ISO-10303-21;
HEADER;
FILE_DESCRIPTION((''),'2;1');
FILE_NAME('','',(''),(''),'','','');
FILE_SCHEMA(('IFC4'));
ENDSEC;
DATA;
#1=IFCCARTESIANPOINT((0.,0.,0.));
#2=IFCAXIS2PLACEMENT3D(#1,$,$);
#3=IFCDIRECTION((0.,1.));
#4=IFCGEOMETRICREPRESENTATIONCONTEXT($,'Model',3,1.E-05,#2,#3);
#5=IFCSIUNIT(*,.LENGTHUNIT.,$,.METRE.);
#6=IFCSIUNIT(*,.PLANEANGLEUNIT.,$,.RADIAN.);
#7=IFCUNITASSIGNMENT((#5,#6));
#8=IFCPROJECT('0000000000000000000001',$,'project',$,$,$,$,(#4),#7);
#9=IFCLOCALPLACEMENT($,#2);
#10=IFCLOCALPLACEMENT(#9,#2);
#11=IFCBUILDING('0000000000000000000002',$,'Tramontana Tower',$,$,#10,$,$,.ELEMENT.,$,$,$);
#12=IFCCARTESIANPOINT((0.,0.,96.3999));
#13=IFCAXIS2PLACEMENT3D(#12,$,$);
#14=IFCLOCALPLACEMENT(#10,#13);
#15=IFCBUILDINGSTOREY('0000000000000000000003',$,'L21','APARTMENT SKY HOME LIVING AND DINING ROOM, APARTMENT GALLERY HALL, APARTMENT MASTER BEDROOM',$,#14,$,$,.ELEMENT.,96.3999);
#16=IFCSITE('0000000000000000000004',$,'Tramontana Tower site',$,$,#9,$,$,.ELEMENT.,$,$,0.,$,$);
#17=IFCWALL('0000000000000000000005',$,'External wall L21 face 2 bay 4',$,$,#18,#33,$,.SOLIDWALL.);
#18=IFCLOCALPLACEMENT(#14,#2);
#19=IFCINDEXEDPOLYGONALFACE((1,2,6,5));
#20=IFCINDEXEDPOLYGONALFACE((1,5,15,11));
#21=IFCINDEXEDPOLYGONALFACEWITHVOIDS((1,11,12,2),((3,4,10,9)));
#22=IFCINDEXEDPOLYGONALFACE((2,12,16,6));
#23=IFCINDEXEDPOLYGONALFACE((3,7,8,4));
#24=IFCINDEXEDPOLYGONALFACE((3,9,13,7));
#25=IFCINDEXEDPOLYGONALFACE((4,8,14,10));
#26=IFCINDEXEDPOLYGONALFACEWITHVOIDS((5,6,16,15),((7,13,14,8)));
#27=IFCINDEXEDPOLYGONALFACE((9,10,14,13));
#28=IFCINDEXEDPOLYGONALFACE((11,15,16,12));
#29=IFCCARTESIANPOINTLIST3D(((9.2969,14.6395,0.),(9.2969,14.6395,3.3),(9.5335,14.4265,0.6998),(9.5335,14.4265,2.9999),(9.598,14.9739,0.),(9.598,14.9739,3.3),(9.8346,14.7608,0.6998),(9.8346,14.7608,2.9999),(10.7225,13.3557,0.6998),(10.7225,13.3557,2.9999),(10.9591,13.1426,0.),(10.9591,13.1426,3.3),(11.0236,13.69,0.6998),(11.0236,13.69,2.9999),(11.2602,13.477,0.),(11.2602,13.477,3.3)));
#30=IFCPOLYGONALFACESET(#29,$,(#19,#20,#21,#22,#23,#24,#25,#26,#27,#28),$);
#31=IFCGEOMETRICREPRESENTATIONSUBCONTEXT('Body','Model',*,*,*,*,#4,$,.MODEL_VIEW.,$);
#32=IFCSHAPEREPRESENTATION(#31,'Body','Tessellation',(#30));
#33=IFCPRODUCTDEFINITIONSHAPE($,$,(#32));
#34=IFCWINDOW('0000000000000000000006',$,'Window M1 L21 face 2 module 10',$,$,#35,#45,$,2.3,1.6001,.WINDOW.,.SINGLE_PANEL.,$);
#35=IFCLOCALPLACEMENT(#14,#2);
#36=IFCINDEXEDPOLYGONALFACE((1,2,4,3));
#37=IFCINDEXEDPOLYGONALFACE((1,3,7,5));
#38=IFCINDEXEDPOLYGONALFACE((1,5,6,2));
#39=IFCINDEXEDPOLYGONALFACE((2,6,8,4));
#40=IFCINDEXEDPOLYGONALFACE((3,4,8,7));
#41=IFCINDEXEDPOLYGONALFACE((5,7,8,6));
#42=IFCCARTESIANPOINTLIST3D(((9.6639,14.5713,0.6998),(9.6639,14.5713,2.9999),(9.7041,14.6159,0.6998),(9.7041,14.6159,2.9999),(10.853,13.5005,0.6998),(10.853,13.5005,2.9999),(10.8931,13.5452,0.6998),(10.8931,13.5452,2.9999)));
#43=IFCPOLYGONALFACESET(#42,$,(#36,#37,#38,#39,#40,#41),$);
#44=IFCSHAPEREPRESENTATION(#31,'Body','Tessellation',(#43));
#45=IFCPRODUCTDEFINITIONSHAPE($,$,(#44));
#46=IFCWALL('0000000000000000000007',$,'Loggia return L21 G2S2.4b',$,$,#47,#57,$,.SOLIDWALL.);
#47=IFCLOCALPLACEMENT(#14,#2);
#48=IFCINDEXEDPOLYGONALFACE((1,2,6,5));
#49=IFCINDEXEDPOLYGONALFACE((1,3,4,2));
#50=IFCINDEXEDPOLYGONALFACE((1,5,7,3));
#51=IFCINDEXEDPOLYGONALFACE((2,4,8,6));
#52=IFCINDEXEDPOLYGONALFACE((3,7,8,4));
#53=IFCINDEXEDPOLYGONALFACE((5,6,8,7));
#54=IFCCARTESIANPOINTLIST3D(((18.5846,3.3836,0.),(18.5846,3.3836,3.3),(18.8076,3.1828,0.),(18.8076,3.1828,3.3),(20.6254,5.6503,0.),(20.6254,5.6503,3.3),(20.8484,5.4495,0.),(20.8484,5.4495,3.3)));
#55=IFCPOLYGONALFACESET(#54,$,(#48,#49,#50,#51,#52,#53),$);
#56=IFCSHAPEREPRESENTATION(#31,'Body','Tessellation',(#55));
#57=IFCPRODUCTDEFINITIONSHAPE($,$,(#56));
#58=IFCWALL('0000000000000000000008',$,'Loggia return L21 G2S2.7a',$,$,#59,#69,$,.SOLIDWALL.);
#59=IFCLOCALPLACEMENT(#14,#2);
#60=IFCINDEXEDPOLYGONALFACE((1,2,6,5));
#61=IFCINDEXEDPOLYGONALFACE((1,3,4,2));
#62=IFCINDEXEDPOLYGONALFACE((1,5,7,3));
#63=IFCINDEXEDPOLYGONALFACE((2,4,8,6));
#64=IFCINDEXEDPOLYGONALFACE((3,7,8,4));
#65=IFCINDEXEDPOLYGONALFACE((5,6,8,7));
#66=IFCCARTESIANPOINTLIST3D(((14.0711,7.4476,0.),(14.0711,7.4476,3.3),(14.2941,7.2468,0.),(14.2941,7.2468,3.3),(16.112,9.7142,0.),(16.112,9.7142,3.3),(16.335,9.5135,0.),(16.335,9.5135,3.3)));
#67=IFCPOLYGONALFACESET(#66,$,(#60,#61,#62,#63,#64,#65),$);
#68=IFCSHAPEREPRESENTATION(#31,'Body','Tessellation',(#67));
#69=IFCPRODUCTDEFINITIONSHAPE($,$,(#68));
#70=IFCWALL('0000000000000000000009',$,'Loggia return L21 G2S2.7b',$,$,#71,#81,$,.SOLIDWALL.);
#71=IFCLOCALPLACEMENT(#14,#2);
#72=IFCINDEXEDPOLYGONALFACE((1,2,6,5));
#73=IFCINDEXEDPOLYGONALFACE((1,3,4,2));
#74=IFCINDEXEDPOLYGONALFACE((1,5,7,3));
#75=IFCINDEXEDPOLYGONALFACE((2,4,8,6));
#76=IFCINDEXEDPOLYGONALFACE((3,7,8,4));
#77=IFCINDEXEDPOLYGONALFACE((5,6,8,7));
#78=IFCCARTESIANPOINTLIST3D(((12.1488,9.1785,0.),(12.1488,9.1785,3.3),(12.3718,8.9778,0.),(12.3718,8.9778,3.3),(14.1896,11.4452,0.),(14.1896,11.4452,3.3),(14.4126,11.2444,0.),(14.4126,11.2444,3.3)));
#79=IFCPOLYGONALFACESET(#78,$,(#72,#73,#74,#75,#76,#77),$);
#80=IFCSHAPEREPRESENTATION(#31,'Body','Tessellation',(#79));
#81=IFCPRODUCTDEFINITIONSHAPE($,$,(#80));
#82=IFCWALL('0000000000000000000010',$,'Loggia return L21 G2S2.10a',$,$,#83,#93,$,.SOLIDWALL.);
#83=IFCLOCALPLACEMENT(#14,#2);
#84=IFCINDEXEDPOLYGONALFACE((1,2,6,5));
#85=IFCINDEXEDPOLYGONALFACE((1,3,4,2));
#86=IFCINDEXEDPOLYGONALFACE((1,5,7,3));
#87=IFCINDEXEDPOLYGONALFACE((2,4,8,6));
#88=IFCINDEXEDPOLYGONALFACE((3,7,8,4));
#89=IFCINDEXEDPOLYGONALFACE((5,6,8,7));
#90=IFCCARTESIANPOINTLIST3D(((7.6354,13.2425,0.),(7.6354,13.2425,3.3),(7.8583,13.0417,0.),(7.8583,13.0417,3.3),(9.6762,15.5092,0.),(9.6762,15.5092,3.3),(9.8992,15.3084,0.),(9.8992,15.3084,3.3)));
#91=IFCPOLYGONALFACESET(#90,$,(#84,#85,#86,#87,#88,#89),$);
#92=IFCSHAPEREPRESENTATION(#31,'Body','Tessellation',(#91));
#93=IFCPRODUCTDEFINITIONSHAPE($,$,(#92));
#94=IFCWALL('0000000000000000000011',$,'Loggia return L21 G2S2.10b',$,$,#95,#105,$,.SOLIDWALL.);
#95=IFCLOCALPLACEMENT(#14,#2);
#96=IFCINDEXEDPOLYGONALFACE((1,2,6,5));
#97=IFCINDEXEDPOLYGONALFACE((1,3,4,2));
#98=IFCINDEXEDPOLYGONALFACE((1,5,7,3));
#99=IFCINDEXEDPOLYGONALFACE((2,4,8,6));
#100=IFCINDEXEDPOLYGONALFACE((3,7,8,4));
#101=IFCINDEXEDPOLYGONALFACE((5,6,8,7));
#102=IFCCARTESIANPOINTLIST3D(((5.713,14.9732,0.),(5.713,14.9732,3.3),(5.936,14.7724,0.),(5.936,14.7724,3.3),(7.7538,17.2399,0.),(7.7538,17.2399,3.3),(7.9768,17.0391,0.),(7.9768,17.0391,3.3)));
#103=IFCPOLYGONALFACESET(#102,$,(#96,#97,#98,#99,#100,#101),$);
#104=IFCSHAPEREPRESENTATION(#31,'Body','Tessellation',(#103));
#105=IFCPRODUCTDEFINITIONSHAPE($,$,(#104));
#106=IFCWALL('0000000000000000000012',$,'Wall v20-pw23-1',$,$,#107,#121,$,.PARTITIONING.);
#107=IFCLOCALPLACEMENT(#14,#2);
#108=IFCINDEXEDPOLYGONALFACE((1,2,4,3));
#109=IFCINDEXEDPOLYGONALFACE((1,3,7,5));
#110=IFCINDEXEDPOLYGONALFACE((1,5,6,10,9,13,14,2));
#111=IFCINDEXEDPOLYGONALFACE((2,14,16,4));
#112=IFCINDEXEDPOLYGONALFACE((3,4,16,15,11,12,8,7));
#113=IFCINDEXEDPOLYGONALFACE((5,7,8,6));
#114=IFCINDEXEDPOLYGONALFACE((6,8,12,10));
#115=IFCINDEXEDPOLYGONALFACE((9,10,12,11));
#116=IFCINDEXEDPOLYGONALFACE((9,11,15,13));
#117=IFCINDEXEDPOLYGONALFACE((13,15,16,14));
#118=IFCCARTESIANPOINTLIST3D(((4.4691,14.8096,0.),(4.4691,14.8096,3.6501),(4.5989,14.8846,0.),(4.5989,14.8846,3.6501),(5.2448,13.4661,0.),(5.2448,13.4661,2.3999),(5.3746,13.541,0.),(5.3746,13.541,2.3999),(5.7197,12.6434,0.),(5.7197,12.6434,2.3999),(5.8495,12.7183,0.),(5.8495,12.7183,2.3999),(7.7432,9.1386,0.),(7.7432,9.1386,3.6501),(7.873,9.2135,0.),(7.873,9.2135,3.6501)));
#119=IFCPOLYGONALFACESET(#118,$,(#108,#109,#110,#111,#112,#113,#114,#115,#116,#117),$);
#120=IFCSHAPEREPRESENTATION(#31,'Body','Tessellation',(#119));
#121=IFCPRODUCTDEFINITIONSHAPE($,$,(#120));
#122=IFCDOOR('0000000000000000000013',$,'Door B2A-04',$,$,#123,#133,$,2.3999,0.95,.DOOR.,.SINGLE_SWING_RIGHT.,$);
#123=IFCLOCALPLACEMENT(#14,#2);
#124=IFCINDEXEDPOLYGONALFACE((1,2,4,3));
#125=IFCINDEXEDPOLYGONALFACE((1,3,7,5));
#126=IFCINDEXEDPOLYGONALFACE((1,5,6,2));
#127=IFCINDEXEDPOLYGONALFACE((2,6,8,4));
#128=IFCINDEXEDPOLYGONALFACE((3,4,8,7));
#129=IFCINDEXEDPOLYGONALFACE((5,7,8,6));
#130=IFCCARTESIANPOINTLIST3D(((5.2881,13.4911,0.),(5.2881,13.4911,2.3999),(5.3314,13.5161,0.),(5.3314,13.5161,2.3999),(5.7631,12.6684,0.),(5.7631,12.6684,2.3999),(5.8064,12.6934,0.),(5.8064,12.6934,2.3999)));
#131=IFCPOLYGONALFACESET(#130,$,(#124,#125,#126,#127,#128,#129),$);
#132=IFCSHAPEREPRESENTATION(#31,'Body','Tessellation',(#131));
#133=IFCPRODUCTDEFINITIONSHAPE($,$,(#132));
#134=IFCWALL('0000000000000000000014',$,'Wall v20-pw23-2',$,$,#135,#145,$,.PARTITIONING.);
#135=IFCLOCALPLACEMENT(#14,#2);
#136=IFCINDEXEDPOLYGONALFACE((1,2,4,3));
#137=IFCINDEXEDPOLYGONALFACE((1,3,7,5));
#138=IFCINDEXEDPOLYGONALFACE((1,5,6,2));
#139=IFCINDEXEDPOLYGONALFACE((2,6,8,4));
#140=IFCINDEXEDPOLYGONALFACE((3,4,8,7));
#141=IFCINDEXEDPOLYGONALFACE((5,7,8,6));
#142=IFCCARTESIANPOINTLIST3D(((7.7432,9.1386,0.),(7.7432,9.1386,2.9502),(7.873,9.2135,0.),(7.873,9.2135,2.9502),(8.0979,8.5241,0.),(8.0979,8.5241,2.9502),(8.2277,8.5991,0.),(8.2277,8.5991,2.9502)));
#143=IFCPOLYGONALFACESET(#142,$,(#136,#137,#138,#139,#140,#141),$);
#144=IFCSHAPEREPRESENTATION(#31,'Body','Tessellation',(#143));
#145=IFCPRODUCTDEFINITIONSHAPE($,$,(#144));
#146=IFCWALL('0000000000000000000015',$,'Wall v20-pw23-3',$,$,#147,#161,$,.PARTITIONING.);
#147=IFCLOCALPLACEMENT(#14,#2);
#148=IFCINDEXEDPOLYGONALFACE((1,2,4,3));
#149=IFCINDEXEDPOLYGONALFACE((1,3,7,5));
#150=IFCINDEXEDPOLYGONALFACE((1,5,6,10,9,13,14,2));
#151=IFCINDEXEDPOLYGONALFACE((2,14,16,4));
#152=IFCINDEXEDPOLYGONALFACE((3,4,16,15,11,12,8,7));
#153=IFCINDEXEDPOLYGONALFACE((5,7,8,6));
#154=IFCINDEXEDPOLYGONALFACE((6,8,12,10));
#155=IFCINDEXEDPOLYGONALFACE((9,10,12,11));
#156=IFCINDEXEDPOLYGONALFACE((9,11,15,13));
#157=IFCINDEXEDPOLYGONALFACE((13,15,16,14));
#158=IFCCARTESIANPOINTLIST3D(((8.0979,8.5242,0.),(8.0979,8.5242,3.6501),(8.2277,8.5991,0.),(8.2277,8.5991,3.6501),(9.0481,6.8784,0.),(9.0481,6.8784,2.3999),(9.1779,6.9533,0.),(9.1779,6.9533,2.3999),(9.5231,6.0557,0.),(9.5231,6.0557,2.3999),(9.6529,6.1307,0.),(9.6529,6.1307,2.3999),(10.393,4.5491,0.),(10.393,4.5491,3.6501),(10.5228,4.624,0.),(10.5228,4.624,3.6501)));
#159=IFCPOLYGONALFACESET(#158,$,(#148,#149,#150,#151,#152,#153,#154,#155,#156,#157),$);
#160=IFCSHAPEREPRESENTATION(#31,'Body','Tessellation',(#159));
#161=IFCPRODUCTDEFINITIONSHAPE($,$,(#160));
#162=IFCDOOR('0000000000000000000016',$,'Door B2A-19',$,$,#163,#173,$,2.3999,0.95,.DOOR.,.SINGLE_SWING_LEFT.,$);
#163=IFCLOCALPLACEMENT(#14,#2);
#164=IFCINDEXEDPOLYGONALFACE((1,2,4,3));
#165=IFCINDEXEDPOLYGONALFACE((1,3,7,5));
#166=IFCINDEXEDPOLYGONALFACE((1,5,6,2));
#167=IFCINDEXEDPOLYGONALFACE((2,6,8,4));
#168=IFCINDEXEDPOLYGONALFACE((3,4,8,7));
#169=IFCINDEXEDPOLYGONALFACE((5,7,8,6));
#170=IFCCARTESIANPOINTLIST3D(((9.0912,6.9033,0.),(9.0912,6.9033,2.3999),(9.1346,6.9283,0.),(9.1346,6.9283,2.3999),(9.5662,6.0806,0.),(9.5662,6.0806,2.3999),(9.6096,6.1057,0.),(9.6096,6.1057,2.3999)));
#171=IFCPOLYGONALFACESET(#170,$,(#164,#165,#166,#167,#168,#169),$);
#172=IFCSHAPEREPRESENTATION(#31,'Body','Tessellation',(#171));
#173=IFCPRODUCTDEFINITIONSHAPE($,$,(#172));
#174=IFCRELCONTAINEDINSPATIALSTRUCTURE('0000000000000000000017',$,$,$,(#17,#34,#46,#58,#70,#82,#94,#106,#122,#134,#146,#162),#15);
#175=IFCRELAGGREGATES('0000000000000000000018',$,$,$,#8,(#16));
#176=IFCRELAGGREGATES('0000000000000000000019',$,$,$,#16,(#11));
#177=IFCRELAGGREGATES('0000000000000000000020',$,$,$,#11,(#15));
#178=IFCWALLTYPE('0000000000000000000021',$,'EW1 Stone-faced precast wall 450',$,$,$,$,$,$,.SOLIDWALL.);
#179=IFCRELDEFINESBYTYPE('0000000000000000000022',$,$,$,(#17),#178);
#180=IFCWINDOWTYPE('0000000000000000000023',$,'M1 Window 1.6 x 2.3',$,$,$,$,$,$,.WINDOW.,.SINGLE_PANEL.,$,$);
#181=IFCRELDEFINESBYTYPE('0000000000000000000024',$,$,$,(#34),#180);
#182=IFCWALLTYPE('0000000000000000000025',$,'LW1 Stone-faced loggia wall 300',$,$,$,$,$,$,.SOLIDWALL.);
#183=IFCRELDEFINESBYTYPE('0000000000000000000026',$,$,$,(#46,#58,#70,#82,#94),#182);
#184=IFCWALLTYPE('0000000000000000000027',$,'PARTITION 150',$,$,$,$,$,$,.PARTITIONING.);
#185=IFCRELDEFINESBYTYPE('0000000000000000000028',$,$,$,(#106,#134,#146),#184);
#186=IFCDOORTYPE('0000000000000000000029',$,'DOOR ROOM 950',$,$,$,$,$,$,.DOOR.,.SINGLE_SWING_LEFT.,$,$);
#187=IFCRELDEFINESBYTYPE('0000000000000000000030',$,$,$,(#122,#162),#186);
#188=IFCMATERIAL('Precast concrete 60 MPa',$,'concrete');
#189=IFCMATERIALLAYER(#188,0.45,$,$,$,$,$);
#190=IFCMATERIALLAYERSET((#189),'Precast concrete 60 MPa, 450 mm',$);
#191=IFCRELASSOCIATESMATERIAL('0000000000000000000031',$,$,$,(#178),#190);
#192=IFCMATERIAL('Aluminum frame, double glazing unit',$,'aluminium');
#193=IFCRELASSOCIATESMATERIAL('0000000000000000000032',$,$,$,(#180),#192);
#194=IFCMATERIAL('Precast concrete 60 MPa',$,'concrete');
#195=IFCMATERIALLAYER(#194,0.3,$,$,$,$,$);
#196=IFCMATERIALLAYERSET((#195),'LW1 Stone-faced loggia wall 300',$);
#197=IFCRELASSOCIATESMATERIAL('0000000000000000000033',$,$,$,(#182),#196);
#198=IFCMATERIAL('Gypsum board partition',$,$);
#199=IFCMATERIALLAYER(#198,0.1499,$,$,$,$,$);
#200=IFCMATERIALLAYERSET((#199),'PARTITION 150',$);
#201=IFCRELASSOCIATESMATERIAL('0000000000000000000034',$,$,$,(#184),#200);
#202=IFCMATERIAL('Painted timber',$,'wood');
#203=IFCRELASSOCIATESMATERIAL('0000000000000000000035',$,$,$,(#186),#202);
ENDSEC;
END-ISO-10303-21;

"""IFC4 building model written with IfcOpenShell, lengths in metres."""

from ifc_helpers import new_model, si_unit, direction, frame, frame_2d, origin, place, context, subcontext, project, spatial, rectangle, extrude, material, layer, layer_set, type_object, element, fill, save


model = new_model("IFC4")

# Units and contexts
model_context = context("Model", 3, precision=1e-05, world=origin(), true_north=direction((0.0, 1.0)))
body_context = subcontext(model_context, "Body", "Model", "MODEL_VIEW")
ifc_project = project(units=[si_unit("LENGTHUNIT", "METRE"), si_unit("PLANEANGLEUNIT", "RADIAN")], contexts=[model_context])

# Site, building, storey
site_placement = place(None, origin())
site = spatial("IfcSite", under=ifc_project, at=site_placement, Name="Tramontana Tower site", CompositionType="ELEMENT", RefElevation=0.0)
building_placement = place(site_placement, origin())
building = spatial("IfcBuilding", under=site, at=building_placement, Name="Tramontana Tower", CompositionType="ELEMENT")
storey_placement = place(building_placement, frame((0.0, 0.0, 96.3999)))
storey = spatial("IfcBuildingStorey", under=building, at=storey_placement, Name="L21", Description="APARTMENT SKY HOME LIVING AND DINING ROOM, APARTMENT GALLERY HALL, APARTMENT MASTER BEDROOM", CompositionType="ELEMENT", Elevation=96.3999)

# Wall, opening, window
ifc_material_1 = material(Name="Precast concrete 60 MPa", Category="concrete")
ifc_layer_1 = layer(ifc_material_1, 0.45)
ifc_layer_set_1 = layer_set([ifc_layer_1], Name="Precast concrete 60 MPa, 450 mm")
wall_type_1 = type_object("IfcWallType", Name="EW1 Stone-faced precast wall 450", PredefinedType="SOLIDWALL", material=ifc_layer_set_1)
ifc_material_2 = material(Name="Aluminum frame, double glazing unit", Category="aluminium")
window_type = type_object("IfcWindowType", Name="M1 Window 1.6 x 2.3", PartitioningType="SINGLE_PANEL", PredefinedType="WINDOW", material=ifc_material_2)
wall_1_placement = place(storey_placement, frame((11.1096, 13.3098, 0.0), z_axis=(0.0, 0.0, 1.0), x_axis=(-0.743088, 0.669194, 0.0)))
wall_1 = element("IfcWall", 1, at=wall_1_placement, inside=storey, type_object=wall_type_1, Name="External wall L21 face 2 bay 4", PredefinedType="SOLIDWALL", context=body_context, shape_type="SweptSolid", body=[
    extrude(rectangle(XDim=2.2368, YDim=0.45, at=frame_2d((1.1184, 0.0))), origin(), (0.0, 0.0, 1.0), 3.3),
])
opening_1_placement = place(wall_1_placement, frame((0.3184, 0.0, 0.7)))
opening_1 = element("IfcOpeningElement", 2, at=opening_1_placement, cuts=wall_1, PredefinedType="OPENING", context=body_context, shape_type="SweptSolid", body=[
    extrude(rectangle(XDim=1.6001, YDim=2.3, at=frame_2d((0.8, 1.1499))), frame((0.0, 0.2349, 0.0), z_axis=(0.0, -1.0, 0.0), x_axis=(1.0, 0.0, 0.0)), (0.0, 0.0, 1.0), 0.47),
])
window_1_placement = place(opening_1_placement, origin())
window_1 = element("IfcWindow", 3, at=window_1_placement, inside=storey, type_object=window_type, Name="Window M1 L21 face 2 module 10", OverallHeight=2.3, OverallWidth=1.6001, PartitioningType="SINGLE_PANEL", PredefinedType="WINDOW", context=body_context, shape_type="SweptSolid", body=[
    extrude(rectangle(XDim=1.6001, YDim=2.3, at=frame_2d((0.8, 1.1499))), frame((0.0, 0.03, 0.0), z_axis=(0.0, -1.0, 0.0), x_axis=(1.0, 0.0, 0.0)), (0.0, 0.0, 1.0), 0.0601),
])
fill(opening_1, window_1)

# Wall
ifc_material_3 = material(Name="Precast concrete 60 MPa", Category="concrete")
ifc_layer_2 = layer(ifc_material_3, 0.3)
ifc_layer_set_2 = layer_set([ifc_layer_2], Name="LW1 Stone-faced loggia wall 300")
wall_type_2 = type_object("IfcWallType", Name="LW1 Stone-faced loggia wall 300", PredefinedType="SOLIDWALL", material=ifc_layer_set_2)
wall_2_placement = place(storey_placement, frame((20.7368, 5.5498, 0.0), z_axis=(0.0, 0.0, 1.0), x_axis=(-0.669115, -0.743159, 0.0)))
element("IfcWall", 4, at=wall_2_placement, inside=storey, type_object=wall_type_2, Name="Loggia return L21 G2S2.4b", PredefinedType="SOLIDWALL", context=body_context, shape_type="SweptSolid", body=[
    extrude(rectangle(XDim=3.05, YDim=0.3, at=frame_2d((1.5249, 0.0))), origin(), (0.0, 0.0, 1.0), 3.3),
])

# Walls
for number, where, z_axis, x_axis, name in (
    (5, (16.2234, 9.6138, 0.0), (0.0, 0.0, 1.0), (-0.669115, -0.743159, 0.0), "Loggia return L21 G2S2.7a"),
    (6, (14.301, 11.3447, 0.0), (0.0, 0.0, 1.0), (-0.669115, -0.743159, 0.0), "Loggia return L21 G2S2.7b"),
    (7, (9.7876, 15.4087, 0.0), (0.0, 0.0, 1.0), (-0.669115, -0.743159, 0.0), "Loggia return L21 G2S2.10a"),
    (8, (7.8652, 17.1394, 0.0), (0.0, 0.0, 1.0), (-0.669115, -0.743159, 0.0), "Loggia return L21 G2S2.10b"),
):
    element("IfcWall", number, at=place(storey_placement, frame(where, z_axis=z_axis, x_axis=x_axis)), inside=storey, type_object=wall_type_2, Name=name, PredefinedType="SOLIDWALL", context=body_context, shape_type="SweptSolid", body=[
        extrude(rectangle(XDim=3.05, YDim=0.3, at=frame_2d((1.5249, 0.0))), origin(), (0.0, 0.0, 1.0), 3.3),
    ])

# Wall, opening, door
ifc_material_4 = material(Name="Gypsum board partition")
ifc_layer_3 = layer(ifc_material_4, 0.1499)
ifc_layer_set_3 = layer_set([ifc_layer_3], Name="PARTITION 150")
wall_type_3 = type_object("IfcWallType", Name="PARTITION 150", PredefinedType="PARTITIONING", material=ifc_layer_set_3)
wall_3_placement = place(storey_placement, frame((7.8081, 9.176, 0.0), z_axis=(0.0, 0.0, 1.0), x_axis=(-0.499992, 0.86603, 0.0)))
wall_3 = element("IfcWall", 9, at=wall_3_placement, inside=storey, type_object=wall_type_3, Name="Wall v20-pw23-1", PredefinedType="PARTITIONING", context=body_context, shape_type="SweptSolid", body=[
    extrude(rectangle(XDim=6.5483, YDim=0.1499, at=frame_2d((3.2742, 0.0))), origin(), (0.0, 0.0, 1.0), 3.6501),
])
opening_2_placement = place(wall_3_placement, frame((4.0469, 0.0, 0.0)))
opening_2 = element("IfcOpeningElement", 10, at=opening_2_placement, cuts=wall_3, PredefinedType="OPENING", context=body_context, shape_type="SweptSolid", body=[
    extrude(rectangle(XDim=0.95, YDim=2.3999, at=frame_2d((0.4751, 1.2))), frame((0.0, 0.085, 0.0), z_axis=(0.0, -1.0, 0.0), x_axis=(1.0, 0.0, 0.0)), (0.0, 0.0, 1.0), 0.1699),
])
ifc_material_5 = material(Name="Painted timber", Category="wood")
door_type_1 = type_object("IfcDoorType", Name="DOOR ROOM 950", OperationType="SINGLE_SWING_LEFT", PredefinedType="DOOR", material=ifc_material_5)
door_1_placement = place(opening_2_placement, origin())
door_1 = element("IfcDoor", 11, at=door_1_placement, inside=storey, type_object=door_type_1, Name="Door B2A-04", OperationType="SINGLE_SWING_RIGHT", OverallHeight=2.3999, OverallWidth=0.95, PredefinedType="DOOR", context=body_context, shape_type="SweptSolid", body=[
    extrude(rectangle(XDim=0.95, YDim=2.3999, at=frame_2d((0.4751, 1.2))), frame((0.0, 0.0249, 0.0), z_axis=(0.0, -1.0, 0.0), x_axis=(1.0, 0.0, 0.0)), (0.0, 0.0, 1.0), 0.05),
])
fill(opening_2, door_1)

# Wall
wall_4_placement = place(storey_placement, frame((7.8081, 9.176, 0.0), z_axis=(0.0, 0.0, 1.0), x_axis=(0.499951, -0.866054, 0.0)))
element("IfcWall", 12, at=wall_4_placement, inside=storey, type_object=wall_type_3, Name="Wall v20-pw23-2", PredefinedType="PARTITIONING", context=body_context, shape_type="SweptSolid", body=[
    extrude(rectangle(XDim=0.7095, YDim=0.1499, at=frame_2d((0.3547, 0.0))), origin(), (0.0, 0.0, 1.0), 2.9502),
])

# Wall, opening, door
wall_5_placement = place(storey_placement, frame((8.1628, 8.5615, 0.0), z_axis=(0.0, 0.0, 1.0), x_axis=(0.500023, -0.866012, 0.0)))
wall_5 = element("IfcWall", 13, at=wall_5_placement, inside=storey, type_object=wall_type_3, Name="Wall v20-pw23-3", PredefinedType="PARTITIONING", context=body_context, shape_type="SweptSolid", body=[
    extrude(rectangle(XDim=4.5901, YDim=0.1499, at=frame_2d((2.2949, 0.0))), origin(), (0.0, 0.0, 1.0), 3.6501),
])
opening_3_placement = place(wall_5_placement, frame((1.9001, 0.0, 0.0)))
opening_3 = element("IfcOpeningElement", 14, at=opening_3_placement, cuts=wall_5, PredefinedType="OPENING", context=body_context, shape_type="SweptSolid", body=[
    extrude(rectangle(XDim=0.95, YDim=2.3999, at=frame_2d((0.4751, 1.2))), frame((0.0, 0.085, 0.0), z_axis=(0.0, -1.0, 0.0), x_axis=(1.0, 0.0, 0.0)), (0.0, 0.0, 1.0), 0.1699),
])
door_2_placement = place(opening_3_placement, origin())
door_2 = element("IfcDoor", 15, at=door_2_placement, inside=storey, type_object=door_type_1, Name="Door B2A-19", OperationType="SINGLE_SWING_LEFT", OverallHeight=2.3999, OverallWidth=0.95, PredefinedType="DOOR", context=body_context, shape_type="SweptSolid", body=[
    extrude(rectangle(XDim=0.95, YDim=2.3999, at=frame_2d((0.4751, 1.2))), frame((0.0, 0.0249, 0.0), z_axis=(0.0, -1.0, 0.0), x_axis=(1.0, 0.0, 0.0)), (0.0, 0.0, 1.0), 0.05),
])
fill(opening_3, door_2)

save(model, "model.ifc")
